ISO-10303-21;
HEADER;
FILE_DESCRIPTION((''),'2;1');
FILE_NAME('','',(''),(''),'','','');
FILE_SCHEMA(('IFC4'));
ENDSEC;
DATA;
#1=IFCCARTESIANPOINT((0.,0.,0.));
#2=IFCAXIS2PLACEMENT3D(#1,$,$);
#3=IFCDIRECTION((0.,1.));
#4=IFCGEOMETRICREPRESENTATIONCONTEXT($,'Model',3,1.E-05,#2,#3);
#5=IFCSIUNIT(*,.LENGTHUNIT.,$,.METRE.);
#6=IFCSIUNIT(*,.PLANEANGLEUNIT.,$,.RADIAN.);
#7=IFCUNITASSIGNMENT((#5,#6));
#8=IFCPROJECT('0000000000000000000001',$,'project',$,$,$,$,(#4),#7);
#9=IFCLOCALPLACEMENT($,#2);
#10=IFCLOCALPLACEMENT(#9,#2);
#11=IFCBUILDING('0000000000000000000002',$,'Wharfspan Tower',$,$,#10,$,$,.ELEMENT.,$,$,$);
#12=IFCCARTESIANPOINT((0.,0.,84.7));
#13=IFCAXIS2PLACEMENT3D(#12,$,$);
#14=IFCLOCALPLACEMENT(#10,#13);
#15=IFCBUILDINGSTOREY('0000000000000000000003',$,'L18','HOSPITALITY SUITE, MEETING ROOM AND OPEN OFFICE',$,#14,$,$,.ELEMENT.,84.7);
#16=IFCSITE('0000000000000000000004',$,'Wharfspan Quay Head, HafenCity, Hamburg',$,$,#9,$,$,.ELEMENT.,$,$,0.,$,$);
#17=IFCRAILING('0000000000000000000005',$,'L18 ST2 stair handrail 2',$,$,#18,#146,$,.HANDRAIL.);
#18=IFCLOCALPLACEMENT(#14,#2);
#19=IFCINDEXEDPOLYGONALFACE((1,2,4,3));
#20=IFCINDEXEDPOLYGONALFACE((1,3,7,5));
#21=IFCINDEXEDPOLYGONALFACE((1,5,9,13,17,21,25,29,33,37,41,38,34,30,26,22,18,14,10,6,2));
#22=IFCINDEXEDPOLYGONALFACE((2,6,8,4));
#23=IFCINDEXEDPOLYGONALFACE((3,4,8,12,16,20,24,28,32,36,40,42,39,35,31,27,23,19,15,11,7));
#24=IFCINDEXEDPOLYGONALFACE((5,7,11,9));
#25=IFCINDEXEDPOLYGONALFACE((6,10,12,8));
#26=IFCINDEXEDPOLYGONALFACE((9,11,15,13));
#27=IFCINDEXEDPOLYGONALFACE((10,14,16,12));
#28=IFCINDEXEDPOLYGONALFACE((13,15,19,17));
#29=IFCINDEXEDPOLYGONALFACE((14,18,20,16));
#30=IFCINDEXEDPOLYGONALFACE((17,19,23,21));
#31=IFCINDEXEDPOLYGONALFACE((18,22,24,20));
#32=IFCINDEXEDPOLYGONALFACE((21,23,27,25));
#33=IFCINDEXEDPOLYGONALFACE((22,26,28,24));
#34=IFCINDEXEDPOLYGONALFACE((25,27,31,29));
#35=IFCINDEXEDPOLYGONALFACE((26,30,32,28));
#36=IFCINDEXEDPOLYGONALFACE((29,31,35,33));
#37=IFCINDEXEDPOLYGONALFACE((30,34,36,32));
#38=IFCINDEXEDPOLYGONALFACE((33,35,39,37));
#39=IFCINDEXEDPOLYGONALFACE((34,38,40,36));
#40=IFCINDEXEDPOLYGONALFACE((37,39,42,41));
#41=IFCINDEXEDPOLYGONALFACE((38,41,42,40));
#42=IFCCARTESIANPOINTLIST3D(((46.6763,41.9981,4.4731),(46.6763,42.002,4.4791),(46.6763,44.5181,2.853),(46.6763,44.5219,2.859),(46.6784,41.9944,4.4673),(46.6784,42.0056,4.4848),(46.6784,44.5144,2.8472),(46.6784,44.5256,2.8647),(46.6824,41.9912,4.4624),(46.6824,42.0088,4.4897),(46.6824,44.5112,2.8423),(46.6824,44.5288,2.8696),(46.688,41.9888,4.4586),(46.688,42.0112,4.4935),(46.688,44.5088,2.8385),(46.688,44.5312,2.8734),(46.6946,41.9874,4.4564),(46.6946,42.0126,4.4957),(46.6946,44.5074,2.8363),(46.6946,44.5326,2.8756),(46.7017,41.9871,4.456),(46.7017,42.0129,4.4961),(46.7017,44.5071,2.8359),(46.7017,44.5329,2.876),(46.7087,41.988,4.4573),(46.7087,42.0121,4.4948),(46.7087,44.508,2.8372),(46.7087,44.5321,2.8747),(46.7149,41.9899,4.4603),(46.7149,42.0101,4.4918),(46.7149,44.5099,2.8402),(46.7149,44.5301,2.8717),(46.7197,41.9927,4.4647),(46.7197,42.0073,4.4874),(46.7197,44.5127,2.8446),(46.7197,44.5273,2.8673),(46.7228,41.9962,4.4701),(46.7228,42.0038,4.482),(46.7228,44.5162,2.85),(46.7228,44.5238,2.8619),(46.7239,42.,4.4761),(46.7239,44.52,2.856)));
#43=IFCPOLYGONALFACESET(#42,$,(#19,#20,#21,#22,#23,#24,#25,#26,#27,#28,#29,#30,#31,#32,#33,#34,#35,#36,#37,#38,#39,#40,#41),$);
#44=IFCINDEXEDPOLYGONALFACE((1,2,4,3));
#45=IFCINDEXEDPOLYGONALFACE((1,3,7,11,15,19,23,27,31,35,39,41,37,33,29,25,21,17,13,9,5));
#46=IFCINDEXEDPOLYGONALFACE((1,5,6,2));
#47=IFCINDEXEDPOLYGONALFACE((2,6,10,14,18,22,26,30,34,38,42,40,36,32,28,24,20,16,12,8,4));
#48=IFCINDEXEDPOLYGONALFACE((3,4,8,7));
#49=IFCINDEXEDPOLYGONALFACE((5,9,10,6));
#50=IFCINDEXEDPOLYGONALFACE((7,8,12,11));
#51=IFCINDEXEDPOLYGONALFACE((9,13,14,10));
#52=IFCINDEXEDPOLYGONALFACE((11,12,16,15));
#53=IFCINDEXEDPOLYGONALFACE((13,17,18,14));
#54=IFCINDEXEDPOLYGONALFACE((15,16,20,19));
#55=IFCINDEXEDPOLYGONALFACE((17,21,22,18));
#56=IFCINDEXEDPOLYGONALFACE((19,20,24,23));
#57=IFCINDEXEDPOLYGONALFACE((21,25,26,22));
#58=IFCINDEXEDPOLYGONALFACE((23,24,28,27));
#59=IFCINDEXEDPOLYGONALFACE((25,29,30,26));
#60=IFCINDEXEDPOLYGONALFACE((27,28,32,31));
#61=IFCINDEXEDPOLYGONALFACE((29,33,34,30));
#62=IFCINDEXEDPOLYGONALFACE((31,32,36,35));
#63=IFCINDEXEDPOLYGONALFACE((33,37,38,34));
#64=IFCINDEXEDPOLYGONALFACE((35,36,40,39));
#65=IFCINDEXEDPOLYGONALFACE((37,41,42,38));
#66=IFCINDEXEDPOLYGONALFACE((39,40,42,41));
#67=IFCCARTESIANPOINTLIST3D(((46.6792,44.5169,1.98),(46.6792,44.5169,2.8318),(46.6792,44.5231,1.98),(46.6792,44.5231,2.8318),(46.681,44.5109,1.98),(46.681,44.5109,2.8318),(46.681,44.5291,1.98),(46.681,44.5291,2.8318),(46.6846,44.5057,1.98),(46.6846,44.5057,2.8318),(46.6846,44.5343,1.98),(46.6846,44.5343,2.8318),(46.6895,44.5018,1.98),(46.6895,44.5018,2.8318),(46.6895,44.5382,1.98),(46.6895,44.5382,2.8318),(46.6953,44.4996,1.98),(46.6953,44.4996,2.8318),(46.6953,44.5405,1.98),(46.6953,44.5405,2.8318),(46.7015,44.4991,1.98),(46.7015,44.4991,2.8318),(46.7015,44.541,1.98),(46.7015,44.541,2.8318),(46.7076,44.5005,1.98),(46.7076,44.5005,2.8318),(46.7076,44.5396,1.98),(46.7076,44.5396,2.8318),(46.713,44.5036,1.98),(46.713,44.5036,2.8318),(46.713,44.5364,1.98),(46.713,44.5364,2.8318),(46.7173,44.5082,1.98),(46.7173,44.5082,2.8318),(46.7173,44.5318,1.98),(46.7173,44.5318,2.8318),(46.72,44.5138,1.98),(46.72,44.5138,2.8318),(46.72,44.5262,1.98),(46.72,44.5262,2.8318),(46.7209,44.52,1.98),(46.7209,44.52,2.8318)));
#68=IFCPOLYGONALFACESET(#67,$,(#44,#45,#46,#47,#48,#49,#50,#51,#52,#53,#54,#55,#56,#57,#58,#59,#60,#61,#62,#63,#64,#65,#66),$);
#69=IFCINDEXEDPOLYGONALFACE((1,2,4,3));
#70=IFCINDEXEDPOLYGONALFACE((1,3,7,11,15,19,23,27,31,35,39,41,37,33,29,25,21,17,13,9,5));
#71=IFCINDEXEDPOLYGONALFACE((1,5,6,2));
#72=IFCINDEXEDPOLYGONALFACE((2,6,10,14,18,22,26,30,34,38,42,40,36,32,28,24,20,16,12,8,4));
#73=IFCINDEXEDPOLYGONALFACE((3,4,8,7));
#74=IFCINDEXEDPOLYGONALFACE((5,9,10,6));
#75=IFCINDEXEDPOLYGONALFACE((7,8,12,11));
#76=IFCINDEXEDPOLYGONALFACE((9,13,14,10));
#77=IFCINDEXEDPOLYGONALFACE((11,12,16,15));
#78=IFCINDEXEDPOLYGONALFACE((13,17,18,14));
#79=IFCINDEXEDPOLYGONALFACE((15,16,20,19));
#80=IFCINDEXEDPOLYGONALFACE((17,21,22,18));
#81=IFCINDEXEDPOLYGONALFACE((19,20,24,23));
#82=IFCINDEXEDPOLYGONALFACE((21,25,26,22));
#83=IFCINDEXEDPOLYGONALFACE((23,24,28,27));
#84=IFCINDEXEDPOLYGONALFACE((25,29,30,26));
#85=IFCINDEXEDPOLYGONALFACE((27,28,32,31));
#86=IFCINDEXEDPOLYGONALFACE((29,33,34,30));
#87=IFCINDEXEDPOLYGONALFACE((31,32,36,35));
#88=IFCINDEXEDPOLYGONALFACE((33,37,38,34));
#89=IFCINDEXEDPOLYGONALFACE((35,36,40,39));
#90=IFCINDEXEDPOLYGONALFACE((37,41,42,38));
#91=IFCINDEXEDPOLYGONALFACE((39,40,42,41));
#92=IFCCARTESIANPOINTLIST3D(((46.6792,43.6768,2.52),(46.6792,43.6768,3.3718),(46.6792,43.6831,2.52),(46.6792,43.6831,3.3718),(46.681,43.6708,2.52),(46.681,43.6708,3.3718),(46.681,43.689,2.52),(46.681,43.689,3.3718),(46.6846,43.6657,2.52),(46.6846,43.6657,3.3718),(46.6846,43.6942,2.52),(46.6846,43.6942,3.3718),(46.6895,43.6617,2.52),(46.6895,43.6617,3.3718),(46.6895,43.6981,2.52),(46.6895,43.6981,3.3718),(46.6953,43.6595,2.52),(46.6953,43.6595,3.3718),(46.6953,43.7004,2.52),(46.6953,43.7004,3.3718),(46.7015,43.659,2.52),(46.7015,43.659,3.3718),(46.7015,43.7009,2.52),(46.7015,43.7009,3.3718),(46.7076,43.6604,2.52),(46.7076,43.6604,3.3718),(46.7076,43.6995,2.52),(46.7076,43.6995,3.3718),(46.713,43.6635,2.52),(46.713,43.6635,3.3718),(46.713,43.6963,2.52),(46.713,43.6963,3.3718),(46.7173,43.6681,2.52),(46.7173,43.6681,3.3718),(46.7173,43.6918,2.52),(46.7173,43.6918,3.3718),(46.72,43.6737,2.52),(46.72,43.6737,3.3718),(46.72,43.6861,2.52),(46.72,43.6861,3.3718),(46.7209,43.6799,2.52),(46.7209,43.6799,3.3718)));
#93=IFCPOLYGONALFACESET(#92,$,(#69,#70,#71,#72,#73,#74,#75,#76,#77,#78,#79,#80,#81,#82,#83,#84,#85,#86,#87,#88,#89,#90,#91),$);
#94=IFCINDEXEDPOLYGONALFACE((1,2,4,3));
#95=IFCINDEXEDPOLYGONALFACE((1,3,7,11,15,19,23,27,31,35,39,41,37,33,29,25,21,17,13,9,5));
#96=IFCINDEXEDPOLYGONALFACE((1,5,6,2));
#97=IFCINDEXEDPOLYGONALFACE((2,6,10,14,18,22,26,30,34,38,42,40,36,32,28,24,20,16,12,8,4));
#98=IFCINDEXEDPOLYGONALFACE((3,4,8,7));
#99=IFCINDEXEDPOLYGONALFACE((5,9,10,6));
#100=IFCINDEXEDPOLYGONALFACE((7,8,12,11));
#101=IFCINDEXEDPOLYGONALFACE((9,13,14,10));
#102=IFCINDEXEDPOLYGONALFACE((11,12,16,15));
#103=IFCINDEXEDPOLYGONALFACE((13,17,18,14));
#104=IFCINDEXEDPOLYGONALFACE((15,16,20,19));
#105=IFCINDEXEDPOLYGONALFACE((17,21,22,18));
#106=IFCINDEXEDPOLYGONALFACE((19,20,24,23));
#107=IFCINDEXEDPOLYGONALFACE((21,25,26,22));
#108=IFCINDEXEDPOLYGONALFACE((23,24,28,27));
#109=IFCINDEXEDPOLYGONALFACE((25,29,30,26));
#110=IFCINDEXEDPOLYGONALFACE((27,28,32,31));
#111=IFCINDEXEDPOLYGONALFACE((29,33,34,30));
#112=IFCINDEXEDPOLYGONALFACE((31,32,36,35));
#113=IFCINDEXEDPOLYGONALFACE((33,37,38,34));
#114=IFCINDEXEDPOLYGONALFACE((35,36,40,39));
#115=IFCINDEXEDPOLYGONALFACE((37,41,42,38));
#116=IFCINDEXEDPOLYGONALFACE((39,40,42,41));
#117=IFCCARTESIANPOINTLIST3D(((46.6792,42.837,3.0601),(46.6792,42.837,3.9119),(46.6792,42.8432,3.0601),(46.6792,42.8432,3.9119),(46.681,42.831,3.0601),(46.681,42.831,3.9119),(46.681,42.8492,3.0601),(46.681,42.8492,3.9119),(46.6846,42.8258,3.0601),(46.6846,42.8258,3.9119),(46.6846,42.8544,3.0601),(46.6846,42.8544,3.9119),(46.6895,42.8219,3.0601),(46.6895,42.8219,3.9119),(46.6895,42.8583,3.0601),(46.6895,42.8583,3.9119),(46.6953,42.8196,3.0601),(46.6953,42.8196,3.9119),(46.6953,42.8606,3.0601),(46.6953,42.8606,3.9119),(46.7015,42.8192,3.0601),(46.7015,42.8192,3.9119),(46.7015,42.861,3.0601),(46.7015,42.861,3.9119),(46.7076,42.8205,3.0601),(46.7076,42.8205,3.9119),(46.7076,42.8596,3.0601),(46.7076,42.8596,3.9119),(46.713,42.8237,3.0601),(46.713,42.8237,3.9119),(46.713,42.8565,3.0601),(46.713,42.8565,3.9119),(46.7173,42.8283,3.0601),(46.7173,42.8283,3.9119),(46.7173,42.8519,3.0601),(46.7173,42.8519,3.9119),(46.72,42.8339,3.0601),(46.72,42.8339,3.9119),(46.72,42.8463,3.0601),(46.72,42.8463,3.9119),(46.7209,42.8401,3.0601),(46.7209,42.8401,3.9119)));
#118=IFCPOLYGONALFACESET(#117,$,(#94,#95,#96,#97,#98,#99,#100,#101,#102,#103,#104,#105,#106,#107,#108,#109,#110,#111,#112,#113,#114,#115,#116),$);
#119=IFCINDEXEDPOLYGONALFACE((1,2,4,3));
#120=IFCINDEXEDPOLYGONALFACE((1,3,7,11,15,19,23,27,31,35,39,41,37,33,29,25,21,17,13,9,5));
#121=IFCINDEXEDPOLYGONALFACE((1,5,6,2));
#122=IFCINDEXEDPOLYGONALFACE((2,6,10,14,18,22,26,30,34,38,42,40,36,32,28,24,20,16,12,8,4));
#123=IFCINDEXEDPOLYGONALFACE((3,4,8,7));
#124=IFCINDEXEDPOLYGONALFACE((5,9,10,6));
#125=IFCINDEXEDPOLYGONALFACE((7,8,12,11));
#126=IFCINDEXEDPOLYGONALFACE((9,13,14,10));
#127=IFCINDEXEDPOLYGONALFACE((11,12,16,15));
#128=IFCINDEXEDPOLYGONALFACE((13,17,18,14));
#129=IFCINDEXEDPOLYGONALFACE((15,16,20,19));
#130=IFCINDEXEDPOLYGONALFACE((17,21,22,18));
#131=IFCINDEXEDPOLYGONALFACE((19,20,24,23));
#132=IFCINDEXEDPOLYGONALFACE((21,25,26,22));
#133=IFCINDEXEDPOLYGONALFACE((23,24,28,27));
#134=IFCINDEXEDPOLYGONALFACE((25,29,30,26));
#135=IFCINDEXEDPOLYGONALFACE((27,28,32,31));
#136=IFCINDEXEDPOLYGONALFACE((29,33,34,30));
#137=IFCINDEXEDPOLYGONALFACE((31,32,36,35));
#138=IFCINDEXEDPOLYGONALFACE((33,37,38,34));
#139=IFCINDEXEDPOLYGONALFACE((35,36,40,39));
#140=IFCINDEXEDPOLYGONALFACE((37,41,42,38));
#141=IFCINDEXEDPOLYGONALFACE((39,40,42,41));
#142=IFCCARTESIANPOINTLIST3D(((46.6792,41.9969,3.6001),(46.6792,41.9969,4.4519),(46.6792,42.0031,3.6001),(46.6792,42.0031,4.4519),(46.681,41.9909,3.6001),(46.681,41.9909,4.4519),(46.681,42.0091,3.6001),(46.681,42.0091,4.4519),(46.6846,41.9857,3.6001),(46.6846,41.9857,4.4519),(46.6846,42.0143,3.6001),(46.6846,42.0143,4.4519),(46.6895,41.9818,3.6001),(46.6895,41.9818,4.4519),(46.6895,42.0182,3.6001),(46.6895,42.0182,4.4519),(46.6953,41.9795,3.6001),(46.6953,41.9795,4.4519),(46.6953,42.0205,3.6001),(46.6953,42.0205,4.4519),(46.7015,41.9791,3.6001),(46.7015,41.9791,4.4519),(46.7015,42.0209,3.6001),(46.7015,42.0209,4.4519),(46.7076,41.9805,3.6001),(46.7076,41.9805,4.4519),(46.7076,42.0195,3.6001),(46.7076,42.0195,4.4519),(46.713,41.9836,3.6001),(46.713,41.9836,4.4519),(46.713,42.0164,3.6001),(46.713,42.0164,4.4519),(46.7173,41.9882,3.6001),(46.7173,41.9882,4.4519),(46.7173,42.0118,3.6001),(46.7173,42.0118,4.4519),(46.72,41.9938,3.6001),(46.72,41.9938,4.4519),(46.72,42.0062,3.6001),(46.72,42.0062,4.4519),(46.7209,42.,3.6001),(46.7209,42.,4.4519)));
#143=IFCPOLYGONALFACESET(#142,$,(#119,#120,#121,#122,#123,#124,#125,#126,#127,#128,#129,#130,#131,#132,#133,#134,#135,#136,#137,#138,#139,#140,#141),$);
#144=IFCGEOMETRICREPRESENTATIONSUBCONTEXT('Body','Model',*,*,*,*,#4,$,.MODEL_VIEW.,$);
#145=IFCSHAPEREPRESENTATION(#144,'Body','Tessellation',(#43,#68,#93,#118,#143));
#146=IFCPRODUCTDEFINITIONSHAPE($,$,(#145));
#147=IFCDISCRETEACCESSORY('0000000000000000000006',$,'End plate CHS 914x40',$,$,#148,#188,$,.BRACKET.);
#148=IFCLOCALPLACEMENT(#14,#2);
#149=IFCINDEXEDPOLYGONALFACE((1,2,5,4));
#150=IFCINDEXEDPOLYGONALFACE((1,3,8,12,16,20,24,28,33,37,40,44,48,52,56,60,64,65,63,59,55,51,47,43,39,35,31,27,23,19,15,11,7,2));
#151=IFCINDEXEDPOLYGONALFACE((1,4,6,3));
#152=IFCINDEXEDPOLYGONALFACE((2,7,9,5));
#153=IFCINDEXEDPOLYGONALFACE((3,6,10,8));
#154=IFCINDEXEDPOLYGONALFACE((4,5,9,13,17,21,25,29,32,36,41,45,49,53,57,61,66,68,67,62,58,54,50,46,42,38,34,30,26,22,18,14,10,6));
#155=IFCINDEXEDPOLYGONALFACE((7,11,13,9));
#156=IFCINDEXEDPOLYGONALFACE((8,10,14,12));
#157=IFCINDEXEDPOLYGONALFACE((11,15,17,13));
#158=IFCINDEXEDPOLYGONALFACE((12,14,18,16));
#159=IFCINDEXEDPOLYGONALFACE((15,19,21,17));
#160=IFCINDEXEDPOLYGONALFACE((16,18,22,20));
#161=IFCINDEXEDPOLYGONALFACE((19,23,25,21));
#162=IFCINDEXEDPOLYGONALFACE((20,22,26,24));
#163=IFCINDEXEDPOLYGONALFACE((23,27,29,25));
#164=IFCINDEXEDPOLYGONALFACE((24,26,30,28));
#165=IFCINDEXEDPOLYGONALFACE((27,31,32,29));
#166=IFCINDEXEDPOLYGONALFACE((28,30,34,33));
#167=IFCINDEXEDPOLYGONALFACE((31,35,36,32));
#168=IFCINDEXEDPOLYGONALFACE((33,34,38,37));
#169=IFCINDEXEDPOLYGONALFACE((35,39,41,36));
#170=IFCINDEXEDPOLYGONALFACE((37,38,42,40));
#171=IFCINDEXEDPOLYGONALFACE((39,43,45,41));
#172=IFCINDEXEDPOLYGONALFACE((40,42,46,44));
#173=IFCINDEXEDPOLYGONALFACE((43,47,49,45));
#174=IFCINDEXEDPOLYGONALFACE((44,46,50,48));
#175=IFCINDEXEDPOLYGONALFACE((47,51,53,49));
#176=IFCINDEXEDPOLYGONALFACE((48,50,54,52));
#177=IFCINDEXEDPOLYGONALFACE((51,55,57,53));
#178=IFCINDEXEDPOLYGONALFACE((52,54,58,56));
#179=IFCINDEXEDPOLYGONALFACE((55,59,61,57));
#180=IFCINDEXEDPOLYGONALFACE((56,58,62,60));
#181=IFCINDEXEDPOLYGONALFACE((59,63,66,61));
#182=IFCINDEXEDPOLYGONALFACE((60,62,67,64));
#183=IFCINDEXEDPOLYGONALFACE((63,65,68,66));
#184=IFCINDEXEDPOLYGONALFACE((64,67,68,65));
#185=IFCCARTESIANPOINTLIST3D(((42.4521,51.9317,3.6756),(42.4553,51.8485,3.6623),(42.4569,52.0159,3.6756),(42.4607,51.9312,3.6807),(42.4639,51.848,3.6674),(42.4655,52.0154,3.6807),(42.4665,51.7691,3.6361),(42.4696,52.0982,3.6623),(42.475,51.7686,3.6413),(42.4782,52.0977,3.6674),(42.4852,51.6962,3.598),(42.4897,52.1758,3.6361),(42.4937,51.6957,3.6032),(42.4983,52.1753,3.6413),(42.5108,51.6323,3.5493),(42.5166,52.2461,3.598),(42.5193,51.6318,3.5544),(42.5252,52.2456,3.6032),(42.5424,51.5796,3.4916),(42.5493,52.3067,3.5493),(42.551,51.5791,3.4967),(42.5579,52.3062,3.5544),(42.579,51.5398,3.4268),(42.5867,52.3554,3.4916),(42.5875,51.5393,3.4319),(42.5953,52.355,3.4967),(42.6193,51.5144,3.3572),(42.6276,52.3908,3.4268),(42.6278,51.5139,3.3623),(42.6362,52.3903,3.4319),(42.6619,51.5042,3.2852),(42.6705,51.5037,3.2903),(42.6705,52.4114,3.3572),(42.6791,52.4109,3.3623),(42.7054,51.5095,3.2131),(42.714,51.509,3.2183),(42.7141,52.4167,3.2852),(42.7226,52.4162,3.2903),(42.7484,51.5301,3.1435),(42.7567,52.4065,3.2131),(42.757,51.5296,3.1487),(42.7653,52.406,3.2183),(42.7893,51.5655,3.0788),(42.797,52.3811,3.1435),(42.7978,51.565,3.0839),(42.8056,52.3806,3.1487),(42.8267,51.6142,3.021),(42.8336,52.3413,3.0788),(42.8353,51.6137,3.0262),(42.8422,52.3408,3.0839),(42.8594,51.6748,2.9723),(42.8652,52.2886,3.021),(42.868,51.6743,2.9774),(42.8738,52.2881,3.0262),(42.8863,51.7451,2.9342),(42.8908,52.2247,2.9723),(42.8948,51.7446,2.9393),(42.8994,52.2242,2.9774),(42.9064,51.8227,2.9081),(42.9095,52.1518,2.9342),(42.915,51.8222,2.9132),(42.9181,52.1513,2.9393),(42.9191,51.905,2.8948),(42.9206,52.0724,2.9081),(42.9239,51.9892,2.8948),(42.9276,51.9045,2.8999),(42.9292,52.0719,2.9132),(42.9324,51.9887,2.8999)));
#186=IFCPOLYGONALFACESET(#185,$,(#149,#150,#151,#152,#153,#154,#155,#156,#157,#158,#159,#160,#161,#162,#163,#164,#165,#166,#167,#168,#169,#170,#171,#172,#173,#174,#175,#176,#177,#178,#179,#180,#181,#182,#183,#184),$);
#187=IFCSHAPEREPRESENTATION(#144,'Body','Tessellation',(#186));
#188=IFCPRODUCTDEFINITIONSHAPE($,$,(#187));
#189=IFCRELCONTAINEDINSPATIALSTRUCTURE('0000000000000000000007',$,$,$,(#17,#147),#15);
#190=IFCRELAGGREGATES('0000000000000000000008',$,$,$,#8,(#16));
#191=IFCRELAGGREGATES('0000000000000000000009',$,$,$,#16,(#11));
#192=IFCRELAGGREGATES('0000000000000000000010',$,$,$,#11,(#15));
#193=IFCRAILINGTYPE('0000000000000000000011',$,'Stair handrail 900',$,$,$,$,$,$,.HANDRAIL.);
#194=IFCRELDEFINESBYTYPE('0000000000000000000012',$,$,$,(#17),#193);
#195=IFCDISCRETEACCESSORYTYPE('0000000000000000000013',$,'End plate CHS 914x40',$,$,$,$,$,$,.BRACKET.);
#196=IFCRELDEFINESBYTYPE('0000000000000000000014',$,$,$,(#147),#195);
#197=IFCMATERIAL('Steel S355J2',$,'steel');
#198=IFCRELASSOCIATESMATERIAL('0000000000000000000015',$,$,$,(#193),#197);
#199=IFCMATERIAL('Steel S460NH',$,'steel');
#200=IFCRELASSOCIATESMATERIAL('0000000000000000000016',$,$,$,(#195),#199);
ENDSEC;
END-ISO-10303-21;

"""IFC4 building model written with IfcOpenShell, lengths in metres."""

from ifc_helpers import new_model, si_unit, direction, frame, origin, origin_2d, place, context, subcontext, project, spatial, circle, extrude, material, material_profile, profile_set, type_object, element, save


model = new_model("IFC4")

# Units and contexts
model_context = context("Model", 3, precision=1e-05, world=origin(), true_north=direction((0.0, 1.0)))
body_context = subcontext(model_context, "Body", "Model", "MODEL_VIEW")
ifc_project = project(units=[si_unit("LENGTHUNIT", "METRE"), si_unit("PLANEANGLEUNIT", "RADIAN")], contexts=[model_context])

# Site, building, storey
site_placement = place(None, origin())
site = spatial("IfcSite", under=ifc_project, at=site_placement, Name="Wharfspan Quay Head, HafenCity, Hamburg", CompositionType="ELEMENT", RefElevation=0.0)
building_placement = place(site_placement, origin())
building = spatial("IfcBuilding", under=site, at=building_placement, Name="Wharfspan Tower", CompositionType="ELEMENT")
storey_placement = place(building_placement, frame((0.0, 0.0, 84.7)))
storey = spatial("IfcBuildingStorey", under=building, at=storey_placement, Name="L18", Description="HOSPITALITY SUITE, MEETING ROOM AND OPEN OFFICE", CompositionType="ELEMENT", Elevation=84.7)

# Shared definitions
ifc_material_1 = material(Name="Steel S355J2", Category="steel")

# Shared definitions
ifc_material_2 = material(Name="Steel S460NH", Category="steel")

# Railing
railing_type_1 = type_object("IfcRailingType", Name="Stair handrail 900", PredefinedType="HANDRAIL", material=ifc_material_1)
railing_1_placement = place(storey_placement, frame((46.7, 44.52, 1.98)))
element("IfcRailing", 1, at=railing_1_placement, inside=storey, type_object=railing_type_1, Name="L18 ST2 stair handrail 2", PredefinedType="HANDRAIL", context=body_context, shape_type="SweptSolid", body=[
    extrude(circle(Radius=0.0239, at=origin_2d()), frame((0.0, 0.0, 0.876), z_axis=(0.0, -0.841163, 0.540782), x_axis=(1.0, 0.0, 0.0)), (0.0, 0.0, 1.0), 2.9958),
    extrude(circle(Radius=0.021, at=origin_2d()), origin(), (0.0, 0.0, 1.0), 0.8518),
    extrude(circle(Radius=0.021, at=origin_2d()), frame((0.0, -0.8401, 0.54)), (0.0, 0.0, 1.0), 0.8518),
    extrude(circle(Radius=0.021, at=origin_2d()), frame((0.0, -1.6799, 1.0801)), (0.0, 0.0, 1.0), 0.8518),
    extrude(circle(Radius=0.021, at=origin_2d()), frame((0.0, -2.52, 1.6201)), (0.0, 0.0, 1.0), 0.8518),
])

# Discrete accessory
ifc_material_profile_1 = material_profile(ifc_material_2, circle(Radius=0.457, at=origin_2d()))
ifc_profile_set_1 = profile_set([ifc_material_profile_1], Name="Steel S460NH")
discrete_accessory_type = type_object("IfcDiscreteAccessoryType", Name="End plate CHS 914x40", PredefinedType="BRACKET", material=ifc_profile_set_1)
for number, where, z_axis, x_axis, name in (
    (2, (42.688, 51.9604, 3.2852), (0.856465, -0.048941, 0.513879), (0.05705, 0.998372, 0.0), "End plate CHS 914x40"),
):
    element("IfcDiscreteAccessory", number, at=place(storey_placement, frame(where, z_axis=z_axis, x_axis=x_axis)), inside=storey, type_object=discrete_accessory_type, Name=name, PredefinedType="BRACKET", context=body_context, shape_type="SweptSolid", body=[
        extrude(circle(Radius=0.457, at=origin_2d()), origin(), (0.0, 0.0, 1.0), 0.01),
    ])

save(model, "model.ifc")
